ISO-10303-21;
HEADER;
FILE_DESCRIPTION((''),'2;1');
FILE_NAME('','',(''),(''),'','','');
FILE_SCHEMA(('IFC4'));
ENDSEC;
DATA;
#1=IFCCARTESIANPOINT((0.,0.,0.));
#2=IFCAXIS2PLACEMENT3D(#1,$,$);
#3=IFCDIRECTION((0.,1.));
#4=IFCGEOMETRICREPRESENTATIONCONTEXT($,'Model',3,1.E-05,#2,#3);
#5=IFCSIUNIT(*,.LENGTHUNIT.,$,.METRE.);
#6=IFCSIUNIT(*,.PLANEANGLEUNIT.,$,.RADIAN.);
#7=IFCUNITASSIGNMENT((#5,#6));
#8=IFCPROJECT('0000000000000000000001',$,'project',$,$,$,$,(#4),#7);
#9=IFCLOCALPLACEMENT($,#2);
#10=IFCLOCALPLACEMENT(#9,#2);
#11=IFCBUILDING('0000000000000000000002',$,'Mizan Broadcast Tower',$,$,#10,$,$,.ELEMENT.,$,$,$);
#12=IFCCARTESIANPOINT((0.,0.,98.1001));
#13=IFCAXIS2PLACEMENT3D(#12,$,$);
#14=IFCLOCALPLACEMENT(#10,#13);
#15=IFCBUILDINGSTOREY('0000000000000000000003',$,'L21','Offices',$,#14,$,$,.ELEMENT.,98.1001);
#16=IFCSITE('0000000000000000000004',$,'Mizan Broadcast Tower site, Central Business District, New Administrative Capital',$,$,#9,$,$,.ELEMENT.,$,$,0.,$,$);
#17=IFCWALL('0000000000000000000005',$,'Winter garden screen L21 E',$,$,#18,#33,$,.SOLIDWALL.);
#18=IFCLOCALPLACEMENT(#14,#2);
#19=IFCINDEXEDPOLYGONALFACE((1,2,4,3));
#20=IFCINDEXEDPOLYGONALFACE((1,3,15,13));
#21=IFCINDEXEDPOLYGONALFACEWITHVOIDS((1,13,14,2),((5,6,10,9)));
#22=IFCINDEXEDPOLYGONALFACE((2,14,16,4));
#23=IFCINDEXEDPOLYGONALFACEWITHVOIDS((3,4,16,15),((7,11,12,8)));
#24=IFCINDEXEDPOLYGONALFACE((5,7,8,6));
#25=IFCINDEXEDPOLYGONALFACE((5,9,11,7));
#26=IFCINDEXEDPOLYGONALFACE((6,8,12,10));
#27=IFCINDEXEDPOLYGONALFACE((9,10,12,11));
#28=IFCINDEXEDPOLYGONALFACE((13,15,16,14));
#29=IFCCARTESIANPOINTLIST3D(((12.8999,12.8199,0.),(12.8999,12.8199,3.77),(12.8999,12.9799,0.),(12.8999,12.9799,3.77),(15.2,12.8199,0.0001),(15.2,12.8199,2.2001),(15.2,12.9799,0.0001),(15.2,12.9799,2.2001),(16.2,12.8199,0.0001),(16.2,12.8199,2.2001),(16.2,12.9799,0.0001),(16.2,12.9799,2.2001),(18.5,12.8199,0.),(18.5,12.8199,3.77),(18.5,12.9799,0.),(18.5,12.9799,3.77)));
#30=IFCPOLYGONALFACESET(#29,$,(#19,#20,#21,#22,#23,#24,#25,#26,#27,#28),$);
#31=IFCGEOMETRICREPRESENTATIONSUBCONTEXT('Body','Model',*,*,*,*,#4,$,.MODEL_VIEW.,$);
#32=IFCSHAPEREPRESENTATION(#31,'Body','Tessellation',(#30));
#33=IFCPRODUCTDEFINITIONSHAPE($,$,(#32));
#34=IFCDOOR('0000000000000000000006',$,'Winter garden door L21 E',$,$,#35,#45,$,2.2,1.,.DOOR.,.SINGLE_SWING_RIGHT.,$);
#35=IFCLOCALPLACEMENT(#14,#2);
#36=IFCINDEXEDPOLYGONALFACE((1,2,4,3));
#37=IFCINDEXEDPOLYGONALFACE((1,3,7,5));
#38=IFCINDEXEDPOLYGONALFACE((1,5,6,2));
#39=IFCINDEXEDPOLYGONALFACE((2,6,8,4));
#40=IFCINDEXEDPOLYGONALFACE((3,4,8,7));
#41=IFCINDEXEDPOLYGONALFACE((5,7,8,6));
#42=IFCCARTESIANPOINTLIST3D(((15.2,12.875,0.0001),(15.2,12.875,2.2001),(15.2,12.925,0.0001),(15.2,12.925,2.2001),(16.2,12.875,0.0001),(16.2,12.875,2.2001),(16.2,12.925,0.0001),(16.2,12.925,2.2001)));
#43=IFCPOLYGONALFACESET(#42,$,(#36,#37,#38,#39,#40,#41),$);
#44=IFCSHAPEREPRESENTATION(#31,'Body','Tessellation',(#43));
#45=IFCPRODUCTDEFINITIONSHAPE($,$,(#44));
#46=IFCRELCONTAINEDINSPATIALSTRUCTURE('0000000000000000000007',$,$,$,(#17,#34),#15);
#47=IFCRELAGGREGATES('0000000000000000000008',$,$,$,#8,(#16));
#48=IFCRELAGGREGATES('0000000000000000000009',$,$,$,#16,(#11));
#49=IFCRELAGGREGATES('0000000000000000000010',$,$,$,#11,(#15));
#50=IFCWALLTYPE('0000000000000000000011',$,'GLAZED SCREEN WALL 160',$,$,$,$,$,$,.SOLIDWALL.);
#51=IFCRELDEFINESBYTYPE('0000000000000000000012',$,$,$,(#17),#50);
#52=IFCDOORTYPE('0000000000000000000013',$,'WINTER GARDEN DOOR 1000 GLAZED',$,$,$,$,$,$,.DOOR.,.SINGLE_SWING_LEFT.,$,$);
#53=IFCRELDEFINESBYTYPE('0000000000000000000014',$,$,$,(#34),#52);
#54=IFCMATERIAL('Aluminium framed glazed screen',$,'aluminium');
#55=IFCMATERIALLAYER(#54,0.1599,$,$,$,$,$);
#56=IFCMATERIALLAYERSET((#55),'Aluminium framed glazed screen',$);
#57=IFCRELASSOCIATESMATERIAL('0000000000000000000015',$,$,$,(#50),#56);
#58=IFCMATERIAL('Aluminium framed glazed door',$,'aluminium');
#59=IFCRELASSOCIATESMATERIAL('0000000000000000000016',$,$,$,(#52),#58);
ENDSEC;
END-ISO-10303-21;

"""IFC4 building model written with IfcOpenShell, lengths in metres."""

from ifc_helpers import new_model, si_unit, direction, frame, frame_2d, origin, place, context, subcontext, project, spatial, rectangle, extrude, material, layer, layer_set, type_object, element, fill, save


model = new_model("IFC4")

# Units and contexts
model_context = context("Model", 3, precision=1e-05, world=origin(), true_north=direction((0.0, 1.0)))
body_context = subcontext(model_context, "Body", "Model", "MODEL_VIEW")
ifc_project = project(units=[si_unit("LENGTHUNIT", "METRE"), si_unit("PLANEANGLEUNIT", "RADIAN")], contexts=[model_context])

# Site, building, storey
site_placement = place(None, origin())
site = spatial("IfcSite", under=ifc_project, at=site_placement, Name="Mizan Broadcast Tower site, Central Business District, New Administrative Capital", CompositionType="ELEMENT", RefElevation=0.0)
building_placement = place(site_placement, origin())
building = spatial("IfcBuilding", under=site, at=building_placement, Name="Mizan Broadcast Tower", CompositionType="ELEMENT")
storey_placement = place(building_placement, frame((0.0, 0.0, 98.1001)))
storey = spatial("IfcBuildingStorey", under=building, at=storey_placement, Name="L21", Description="Offices", CompositionType="ELEMENT", Elevation=98.1001)

# Wall, opening, door
ifc_material_1 = material(Name="Aluminium framed glazed screen", Category="aluminium")
ifc_layer_1 = layer(ifc_material_1, 0.1599)
ifc_layer_set_1 = layer_set([ifc_layer_1], Name="Aluminium framed glazed screen")
wall_type = type_object("IfcWallType", Name="GLAZED SCREEN WALL 160", PredefinedType="SOLIDWALL", material=ifc_layer_set_1)
wall_placement = place(storey_placement, frame((18.5, 12.8999, 0.0), z_axis=(0.0, 0.0, 1.0), x_axis=(-1.0, 0.0, 0.0)))
wall = element("IfcWall", 1, at=wall_placement, inside=storey, type_object=wall_type, Name="Winter garden screen L21 E", PredefinedType="SOLIDWALL", context=body_context, shape_type="SweptSolid", body=[
    extrude(rectangle(XDim=5.6001, YDim=0.1599, at=frame_2d((2.8, 0.0))), origin(), (0.0, 0.0, 1.0), 3.77),
])
opening_placement = place(wall_placement, frame((2.3, 0.0, 0.0)))
opening = element("IfcOpeningElement", 2, at=opening_placement, cuts=wall, PredefinedType="OPENING", context=body_context, shape_type="SweptSolid", body=[
    extrude(rectangle(XDim=1.0, YDim=2.2, at=frame_2d((0.5, 1.1001))), frame((0.0, 0.0898, 0.0), z_axis=(0.0, -1.0, 0.0), x_axis=(1.0, 0.0, 0.0)), (0.0, 0.0, 1.0), 0.1799),
])
ifc_material_2 = material(Name="Aluminium framed glazed door", Category="aluminium")
door_type = type_object("IfcDoorType", Name="WINTER GARDEN DOOR 1000 GLAZED", OperationType="SINGLE_SWING_LEFT", PredefinedType="DOOR", material=ifc_material_2)
door_placement = place(opening_placement, origin())
door = element("IfcDoor", 3, at=door_placement, inside=storey, type_object=door_type, Name="Winter garden door L21 E", OperationType="SINGLE_SWING_RIGHT", OverallHeight=2.2, OverallWidth=1.0, PredefinedType="DOOR", context=body_context, shape_type="SweptSolid", body=[
    extrude(rectangle(XDim=1.0, YDim=2.2, at=frame_2d((0.5, 1.1001))), frame((0.0, 0.0249, 0.0), z_axis=(0.0, -1.0, 0.0), x_axis=(1.0, 0.0, 0.0)), (0.0, 0.0, 1.0), 0.05),
])
fill(opening, door)

save(model, "model.ifc")
